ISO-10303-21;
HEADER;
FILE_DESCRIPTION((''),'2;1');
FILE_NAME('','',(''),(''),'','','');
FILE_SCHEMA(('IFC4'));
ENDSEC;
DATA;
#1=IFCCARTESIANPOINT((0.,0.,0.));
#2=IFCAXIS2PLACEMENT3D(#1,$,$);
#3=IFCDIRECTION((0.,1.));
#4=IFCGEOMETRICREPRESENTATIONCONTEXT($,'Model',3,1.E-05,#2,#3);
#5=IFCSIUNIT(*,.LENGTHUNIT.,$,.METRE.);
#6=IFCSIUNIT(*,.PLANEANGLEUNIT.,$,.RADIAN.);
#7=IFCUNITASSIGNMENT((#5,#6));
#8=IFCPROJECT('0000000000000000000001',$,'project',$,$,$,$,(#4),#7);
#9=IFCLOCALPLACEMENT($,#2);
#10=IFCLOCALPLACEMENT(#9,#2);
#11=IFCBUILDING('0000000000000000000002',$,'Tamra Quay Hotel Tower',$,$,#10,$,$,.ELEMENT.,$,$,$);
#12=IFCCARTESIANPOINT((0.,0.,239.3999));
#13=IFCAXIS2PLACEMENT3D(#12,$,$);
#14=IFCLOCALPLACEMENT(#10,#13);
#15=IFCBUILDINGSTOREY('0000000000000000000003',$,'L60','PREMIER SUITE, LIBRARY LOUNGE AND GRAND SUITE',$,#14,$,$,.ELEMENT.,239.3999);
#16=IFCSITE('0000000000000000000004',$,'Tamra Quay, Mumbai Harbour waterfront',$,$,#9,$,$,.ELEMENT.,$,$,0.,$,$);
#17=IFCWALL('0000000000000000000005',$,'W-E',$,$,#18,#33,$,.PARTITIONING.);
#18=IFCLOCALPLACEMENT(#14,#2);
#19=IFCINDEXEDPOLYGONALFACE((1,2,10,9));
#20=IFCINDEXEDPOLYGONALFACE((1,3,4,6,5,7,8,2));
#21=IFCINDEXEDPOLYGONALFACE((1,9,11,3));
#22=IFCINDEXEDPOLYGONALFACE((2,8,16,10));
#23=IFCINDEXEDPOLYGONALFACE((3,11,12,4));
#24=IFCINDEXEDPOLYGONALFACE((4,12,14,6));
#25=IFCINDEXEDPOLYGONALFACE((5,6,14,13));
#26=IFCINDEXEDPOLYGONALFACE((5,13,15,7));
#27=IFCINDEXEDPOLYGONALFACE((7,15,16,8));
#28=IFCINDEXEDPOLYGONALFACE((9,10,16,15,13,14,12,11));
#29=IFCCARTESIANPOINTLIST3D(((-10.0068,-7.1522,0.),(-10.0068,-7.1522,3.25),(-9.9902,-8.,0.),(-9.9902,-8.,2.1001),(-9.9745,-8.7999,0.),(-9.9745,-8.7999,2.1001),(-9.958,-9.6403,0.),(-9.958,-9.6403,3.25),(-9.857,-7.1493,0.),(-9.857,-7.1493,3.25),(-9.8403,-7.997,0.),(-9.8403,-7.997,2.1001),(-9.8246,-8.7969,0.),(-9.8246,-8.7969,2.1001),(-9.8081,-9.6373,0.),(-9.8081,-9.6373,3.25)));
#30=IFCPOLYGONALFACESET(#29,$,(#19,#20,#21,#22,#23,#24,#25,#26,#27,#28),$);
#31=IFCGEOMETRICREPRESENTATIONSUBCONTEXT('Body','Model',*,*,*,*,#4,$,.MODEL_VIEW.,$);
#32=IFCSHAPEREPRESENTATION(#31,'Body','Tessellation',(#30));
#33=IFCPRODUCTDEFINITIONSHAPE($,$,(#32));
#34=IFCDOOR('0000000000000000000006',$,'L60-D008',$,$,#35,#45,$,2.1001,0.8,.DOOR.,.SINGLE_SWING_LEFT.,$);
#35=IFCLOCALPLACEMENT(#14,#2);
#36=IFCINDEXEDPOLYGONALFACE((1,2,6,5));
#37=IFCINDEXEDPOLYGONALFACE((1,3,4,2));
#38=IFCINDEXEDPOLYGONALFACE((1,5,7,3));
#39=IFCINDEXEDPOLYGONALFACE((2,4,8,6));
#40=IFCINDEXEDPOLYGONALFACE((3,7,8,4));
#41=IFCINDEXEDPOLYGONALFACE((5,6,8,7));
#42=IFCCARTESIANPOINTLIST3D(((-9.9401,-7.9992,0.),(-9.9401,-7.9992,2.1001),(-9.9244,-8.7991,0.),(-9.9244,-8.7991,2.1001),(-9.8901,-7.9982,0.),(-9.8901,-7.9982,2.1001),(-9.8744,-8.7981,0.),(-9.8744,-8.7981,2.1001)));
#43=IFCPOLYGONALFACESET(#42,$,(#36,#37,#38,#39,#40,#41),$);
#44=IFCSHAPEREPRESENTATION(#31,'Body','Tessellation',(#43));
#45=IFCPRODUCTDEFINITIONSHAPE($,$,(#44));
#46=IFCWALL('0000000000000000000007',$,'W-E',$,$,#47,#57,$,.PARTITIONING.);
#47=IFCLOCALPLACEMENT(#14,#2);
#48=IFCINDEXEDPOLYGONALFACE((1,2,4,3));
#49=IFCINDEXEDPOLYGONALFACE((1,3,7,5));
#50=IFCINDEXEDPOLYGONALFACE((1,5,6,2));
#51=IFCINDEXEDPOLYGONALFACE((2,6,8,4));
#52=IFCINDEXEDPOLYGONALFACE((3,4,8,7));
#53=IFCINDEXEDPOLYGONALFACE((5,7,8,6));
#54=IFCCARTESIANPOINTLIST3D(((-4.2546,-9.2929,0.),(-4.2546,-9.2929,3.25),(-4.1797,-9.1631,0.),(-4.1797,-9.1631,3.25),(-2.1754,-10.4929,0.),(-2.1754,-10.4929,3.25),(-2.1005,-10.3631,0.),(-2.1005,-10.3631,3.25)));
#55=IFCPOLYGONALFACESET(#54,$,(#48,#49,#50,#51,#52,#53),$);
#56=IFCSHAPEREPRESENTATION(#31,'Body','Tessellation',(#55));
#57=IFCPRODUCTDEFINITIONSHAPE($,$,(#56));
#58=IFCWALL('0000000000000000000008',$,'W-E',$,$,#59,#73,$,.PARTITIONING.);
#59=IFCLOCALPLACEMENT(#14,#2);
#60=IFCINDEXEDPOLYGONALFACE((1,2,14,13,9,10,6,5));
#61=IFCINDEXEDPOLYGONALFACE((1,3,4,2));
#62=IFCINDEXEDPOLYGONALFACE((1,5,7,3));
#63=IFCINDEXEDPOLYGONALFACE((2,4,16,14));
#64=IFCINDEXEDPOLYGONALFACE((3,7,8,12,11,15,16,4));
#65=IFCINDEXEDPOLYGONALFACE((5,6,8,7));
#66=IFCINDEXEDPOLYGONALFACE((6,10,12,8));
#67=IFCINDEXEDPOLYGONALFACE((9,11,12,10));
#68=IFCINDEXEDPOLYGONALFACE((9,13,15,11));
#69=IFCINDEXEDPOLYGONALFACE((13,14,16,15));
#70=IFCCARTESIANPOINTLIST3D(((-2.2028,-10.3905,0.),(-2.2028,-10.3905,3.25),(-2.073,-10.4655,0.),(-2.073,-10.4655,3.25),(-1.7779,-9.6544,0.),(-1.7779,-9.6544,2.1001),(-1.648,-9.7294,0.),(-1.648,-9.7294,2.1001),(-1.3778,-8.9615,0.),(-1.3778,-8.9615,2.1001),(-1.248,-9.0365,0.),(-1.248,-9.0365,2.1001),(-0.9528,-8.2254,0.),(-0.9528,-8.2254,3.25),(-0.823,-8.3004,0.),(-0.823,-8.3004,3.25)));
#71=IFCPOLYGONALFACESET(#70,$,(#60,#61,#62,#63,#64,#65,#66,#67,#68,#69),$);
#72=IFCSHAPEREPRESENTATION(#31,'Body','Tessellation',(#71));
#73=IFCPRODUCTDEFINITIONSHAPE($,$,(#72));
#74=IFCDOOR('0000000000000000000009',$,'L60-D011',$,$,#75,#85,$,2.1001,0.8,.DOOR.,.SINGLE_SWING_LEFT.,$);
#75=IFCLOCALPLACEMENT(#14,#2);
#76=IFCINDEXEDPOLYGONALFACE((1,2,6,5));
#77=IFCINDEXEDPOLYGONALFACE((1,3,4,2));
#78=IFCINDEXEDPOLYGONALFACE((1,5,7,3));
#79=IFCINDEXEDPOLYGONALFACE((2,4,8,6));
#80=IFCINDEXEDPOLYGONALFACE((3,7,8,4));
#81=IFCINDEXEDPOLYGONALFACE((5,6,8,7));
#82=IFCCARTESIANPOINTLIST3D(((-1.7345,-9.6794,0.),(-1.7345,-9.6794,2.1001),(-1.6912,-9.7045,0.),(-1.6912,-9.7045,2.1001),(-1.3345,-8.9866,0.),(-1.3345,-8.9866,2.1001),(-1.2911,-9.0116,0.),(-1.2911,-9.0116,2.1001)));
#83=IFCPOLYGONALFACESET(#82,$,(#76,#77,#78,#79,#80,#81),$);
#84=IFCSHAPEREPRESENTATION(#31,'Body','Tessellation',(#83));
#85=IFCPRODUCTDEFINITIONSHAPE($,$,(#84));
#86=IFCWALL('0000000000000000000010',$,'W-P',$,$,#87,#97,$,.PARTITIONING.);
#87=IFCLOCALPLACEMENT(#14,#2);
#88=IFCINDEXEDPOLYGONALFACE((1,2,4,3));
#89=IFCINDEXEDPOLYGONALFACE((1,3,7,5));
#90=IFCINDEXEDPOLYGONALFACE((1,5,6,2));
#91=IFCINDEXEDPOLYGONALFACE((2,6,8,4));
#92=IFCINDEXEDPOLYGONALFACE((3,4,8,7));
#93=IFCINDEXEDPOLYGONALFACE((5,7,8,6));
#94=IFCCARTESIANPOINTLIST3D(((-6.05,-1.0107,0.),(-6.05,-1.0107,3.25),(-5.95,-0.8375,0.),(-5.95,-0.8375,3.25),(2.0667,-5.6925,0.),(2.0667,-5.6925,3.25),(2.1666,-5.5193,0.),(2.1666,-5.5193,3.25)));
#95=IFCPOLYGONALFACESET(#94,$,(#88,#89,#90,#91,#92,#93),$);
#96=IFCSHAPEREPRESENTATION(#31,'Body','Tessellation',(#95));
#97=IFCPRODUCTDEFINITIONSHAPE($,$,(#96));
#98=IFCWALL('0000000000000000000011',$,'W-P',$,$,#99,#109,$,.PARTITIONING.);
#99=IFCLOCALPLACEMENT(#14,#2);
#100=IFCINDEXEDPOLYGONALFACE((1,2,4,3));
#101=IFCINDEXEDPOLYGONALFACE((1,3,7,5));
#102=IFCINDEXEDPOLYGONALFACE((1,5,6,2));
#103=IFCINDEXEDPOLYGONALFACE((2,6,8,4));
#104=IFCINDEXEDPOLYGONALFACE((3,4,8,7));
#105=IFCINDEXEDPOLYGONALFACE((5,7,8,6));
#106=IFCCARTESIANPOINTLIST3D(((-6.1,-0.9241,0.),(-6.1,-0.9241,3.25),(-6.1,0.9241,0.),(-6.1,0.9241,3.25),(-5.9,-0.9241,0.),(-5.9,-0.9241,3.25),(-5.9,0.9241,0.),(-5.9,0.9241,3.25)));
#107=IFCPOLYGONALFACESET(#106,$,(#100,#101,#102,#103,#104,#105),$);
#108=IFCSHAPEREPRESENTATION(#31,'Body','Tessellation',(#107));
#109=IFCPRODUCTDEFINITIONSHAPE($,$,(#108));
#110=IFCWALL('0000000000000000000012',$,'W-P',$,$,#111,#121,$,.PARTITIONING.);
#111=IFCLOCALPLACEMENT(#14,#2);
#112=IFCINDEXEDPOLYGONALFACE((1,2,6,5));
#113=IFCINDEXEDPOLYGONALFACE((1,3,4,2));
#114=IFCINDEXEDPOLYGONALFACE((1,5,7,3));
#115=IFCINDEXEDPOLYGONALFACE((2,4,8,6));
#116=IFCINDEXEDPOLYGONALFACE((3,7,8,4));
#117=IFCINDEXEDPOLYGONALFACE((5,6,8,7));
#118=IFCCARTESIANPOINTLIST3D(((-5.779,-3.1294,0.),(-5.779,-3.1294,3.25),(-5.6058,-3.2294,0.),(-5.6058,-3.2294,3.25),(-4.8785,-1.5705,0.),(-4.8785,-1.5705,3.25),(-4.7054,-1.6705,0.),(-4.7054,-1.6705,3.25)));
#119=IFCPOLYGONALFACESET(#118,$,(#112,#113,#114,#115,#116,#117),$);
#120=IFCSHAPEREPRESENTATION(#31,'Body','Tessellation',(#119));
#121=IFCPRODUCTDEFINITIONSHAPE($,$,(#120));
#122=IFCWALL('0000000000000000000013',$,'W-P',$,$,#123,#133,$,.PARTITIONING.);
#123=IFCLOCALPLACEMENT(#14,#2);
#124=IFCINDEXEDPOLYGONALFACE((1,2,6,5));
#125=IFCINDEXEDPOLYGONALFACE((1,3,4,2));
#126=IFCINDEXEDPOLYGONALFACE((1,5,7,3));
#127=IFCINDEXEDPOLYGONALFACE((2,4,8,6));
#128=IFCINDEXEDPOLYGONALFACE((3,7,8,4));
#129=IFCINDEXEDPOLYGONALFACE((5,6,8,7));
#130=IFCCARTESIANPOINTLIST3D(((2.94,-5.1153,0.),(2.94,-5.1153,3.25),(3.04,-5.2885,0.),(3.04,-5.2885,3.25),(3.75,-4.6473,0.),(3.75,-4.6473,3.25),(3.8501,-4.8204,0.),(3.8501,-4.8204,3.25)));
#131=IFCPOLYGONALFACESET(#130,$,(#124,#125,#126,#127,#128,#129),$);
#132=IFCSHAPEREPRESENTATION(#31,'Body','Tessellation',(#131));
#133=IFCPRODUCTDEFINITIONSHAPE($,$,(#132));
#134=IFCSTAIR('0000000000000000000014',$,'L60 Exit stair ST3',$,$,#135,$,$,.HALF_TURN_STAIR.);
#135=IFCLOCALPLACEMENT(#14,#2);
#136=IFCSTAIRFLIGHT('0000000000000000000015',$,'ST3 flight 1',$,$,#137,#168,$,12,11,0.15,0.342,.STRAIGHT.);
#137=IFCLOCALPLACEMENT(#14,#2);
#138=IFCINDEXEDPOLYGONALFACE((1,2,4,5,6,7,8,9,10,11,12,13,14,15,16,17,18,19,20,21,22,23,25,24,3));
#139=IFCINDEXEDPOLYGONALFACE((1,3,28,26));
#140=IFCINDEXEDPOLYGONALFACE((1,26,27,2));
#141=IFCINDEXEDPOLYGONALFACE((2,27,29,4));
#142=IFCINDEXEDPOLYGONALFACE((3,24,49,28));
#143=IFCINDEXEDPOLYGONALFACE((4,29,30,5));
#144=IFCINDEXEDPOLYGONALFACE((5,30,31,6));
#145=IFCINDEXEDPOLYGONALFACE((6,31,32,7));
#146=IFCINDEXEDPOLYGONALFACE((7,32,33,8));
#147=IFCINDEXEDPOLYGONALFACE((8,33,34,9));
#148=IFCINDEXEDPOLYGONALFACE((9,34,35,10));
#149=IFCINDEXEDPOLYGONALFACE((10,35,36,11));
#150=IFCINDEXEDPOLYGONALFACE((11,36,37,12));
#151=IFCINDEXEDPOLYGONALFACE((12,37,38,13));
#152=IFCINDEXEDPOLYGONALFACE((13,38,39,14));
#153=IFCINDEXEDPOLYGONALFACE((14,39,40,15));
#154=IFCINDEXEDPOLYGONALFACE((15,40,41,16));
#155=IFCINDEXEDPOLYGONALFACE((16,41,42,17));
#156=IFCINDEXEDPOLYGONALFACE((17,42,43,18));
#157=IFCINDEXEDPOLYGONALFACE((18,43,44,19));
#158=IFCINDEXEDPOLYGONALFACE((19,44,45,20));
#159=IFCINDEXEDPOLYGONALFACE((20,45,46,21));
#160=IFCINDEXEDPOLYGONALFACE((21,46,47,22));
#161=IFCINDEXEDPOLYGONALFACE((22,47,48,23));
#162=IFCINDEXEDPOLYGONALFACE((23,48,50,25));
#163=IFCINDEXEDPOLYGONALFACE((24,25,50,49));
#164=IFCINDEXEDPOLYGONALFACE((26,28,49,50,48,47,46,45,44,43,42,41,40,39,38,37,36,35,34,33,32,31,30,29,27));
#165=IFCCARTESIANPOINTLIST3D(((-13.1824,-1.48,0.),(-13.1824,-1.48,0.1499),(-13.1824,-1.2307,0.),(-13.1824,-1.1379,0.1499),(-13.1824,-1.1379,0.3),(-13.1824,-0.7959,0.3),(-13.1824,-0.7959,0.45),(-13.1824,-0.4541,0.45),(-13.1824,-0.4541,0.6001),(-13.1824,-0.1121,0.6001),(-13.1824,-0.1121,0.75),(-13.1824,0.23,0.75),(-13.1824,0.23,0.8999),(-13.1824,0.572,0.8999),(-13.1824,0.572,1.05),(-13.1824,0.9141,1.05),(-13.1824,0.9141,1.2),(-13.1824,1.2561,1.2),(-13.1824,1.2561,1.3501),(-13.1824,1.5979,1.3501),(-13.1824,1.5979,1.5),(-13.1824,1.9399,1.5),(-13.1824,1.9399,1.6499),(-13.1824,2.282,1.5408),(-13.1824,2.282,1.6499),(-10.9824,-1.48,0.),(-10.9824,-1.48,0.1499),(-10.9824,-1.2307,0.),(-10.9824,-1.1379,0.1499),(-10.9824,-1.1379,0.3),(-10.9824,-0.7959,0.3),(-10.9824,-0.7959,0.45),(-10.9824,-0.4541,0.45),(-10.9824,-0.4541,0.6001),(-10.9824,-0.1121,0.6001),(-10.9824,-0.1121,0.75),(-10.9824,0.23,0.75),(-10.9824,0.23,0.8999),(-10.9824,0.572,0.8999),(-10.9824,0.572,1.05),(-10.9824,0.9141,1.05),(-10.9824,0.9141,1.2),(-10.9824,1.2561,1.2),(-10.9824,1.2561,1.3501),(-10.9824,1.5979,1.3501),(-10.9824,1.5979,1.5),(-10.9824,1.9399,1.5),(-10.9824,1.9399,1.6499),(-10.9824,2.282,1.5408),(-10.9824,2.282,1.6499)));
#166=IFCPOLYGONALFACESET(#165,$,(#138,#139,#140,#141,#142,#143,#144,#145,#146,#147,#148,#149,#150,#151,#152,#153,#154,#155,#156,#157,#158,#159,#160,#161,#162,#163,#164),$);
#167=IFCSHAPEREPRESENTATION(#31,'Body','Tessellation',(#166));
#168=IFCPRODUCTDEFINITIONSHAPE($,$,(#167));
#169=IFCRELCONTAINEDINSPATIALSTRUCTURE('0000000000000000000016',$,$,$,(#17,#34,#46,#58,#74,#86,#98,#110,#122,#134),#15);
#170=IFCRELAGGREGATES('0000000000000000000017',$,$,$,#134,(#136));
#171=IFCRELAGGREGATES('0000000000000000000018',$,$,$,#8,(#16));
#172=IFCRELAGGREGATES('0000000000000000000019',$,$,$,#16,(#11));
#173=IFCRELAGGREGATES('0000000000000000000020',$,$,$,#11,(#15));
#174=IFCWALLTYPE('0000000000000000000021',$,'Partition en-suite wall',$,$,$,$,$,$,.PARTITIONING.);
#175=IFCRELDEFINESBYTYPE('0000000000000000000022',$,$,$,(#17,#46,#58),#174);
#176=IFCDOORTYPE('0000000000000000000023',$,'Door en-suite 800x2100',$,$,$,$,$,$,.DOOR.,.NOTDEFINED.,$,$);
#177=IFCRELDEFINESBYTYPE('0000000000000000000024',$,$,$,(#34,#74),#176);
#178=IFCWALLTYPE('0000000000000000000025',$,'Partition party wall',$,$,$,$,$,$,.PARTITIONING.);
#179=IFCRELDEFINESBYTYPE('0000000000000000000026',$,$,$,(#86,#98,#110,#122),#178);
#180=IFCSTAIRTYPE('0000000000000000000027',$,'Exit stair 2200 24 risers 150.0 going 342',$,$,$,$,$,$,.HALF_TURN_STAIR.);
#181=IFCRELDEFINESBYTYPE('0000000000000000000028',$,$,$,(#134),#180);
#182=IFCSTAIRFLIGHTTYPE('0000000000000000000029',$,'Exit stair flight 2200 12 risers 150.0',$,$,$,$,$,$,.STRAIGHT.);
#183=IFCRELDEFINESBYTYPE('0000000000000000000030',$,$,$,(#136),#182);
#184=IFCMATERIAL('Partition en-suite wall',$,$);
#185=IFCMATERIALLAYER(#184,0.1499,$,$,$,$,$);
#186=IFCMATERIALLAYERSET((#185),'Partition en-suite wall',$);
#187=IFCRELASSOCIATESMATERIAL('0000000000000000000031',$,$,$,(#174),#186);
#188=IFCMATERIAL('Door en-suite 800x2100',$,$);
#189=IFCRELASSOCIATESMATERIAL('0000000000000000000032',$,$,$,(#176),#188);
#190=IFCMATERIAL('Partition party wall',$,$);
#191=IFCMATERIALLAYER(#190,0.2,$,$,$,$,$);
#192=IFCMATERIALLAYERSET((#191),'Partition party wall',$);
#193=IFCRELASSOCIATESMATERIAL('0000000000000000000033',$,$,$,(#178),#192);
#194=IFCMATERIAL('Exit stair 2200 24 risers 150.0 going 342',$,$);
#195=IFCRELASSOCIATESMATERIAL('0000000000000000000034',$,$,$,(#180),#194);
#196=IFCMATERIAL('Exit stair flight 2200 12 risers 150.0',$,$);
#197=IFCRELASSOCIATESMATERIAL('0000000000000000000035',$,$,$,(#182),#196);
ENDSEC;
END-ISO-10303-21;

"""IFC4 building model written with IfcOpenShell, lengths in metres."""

from ifc_helpers import new_model, si_unit, direction, frame, frame_2d, origin, place, context, subcontext, project, spatial, polyline, rectangle, outline, extrude, material, layer, layer_set, type_object, element, fill, aggregate, save


model = new_model("IFC4")

# Units and contexts
model_context = context("Model", 3, precision=1e-05, world=origin(), true_north=direction((0.0, 1.0)))
body_context = subcontext(model_context, "Body", "Model", "MODEL_VIEW")
ifc_project = project(units=[si_unit("LENGTHUNIT", "METRE"), si_unit("PLANEANGLEUNIT", "RADIAN")], contexts=[model_context])

# Site, building, storey
site_placement = place(None, origin())
site = spatial("IfcSite", under=ifc_project, at=site_placement, Name="Tamra Quay, Mumbai Harbour waterfront", CompositionType="ELEMENT", RefElevation=0.0)
building_placement = place(site_placement, origin())
building = spatial("IfcBuilding", under=site, at=building_placement, Name="Tamra Quay Hotel Tower", CompositionType="ELEMENT")
storey_placement = place(building_placement, frame((0.0, 0.0, 239.3999)))
storey = spatial("IfcBuildingStorey", under=building, at=storey_placement, Name="L60", Description="PREMIER SUITE, LIBRARY LOUNGE AND GRAND SUITE", CompositionType="ELEMENT", Elevation=239.3999)

# Shared definitions
ifc_material_1 = material(Name="Partition en-suite wall")
ifc_layer_1 = layer(ifc_material_1, 0.1499)
ifc_layer_set_1 = layer_set([ifc_layer_1], Name="Partition en-suite wall")
wall_type_1 = type_object("IfcWallType", Name="Partition en-suite wall", PredefinedType="PARTITIONING", material=ifc_layer_set_1)

# Wall, opening, door
wall_1_placement = place(storey_placement, frame((-9.9319, -7.1509, 0.0), z_axis=(0.0, 0.0, 1.0), x_axis=(0.019621, -0.999807, 0.0)))
wall_1 = element("IfcWall", 1, at=wall_1_placement, inside=storey, type_object=wall_type_1, Name="W-E", PredefinedType="PARTITIONING", context=body_context, shape_type="SweptSolid", body=[
    extrude(rectangle(XDim=2.4885, YDim=0.1499, at=frame_2d((1.2441, 0.0))), origin(), (0.0, 0.0, 1.0), 3.25),
])
opening_1_placement = place(wall_1_placement, frame((0.8479, 0.0, 0.0)))
opening_1 = element("IfcOpeningElement", 2, at=opening_1_placement, cuts=wall_1, PredefinedType="OPENING", context=body_context, shape_type="SweptSolid", body=[
    extrude(rectangle(XDim=0.8, YDim=2.1001, at=frame_2d((0.3999, 1.05))), frame((0.0, 0.085, 0.0), z_axis=(0.0, -1.0, 0.0), x_axis=(1.0, 0.0, 0.0)), (0.0, 0.0, 1.0), 0.1699),
])
ifc_material_2 = material(Name="Door en-suite 800x2100")
door_type_1 = type_object("IfcDoorType", Name="Door en-suite 800x2100", OperationType="NOTDEFINED", PredefinedType="DOOR", material=ifc_material_2)
door_1_placement = place(opening_1_placement, frame((0.8, 0.0, 0.0), z_axis=(0.0, 0.0, 1.0), x_axis=(-1.0, 0.0, 0.0)))
door_1 = element("IfcDoor", 3, at=door_1_placement, inside=storey, type_object=door_type_1, Name="L60-D008", OperationType="SINGLE_SWING_LEFT", OverallHeight=2.1001, OverallWidth=0.8, PredefinedType="DOOR", context=body_context, shape_type="SweptSolid", body=[
    extrude(rectangle(XDim=0.8, YDim=2.1001, at=frame_2d((0.3999, 1.05))), frame((0.0, 0.0249, 0.0), z_axis=(0.0, -1.0, 0.0), x_axis=(1.0, 0.0, 0.0)), (0.0, 0.0, 1.0), 0.05),
])
fill(opening_1, door_1)

# Wall
wall_2_placement = place(storey_placement, frame((-4.217, -9.228, 0.0), z_axis=(0.0, 0.0, 1.0), x_axis=(0.866101, -0.499869, 0.0)))
element("IfcWall", 4, at=wall_2_placement, inside=storey, type_object=wall_type_1, Name="W-E", PredefinedType="PARTITIONING", context=body_context, shape_type="SweptSolid", body=[
    extrude(rectangle(XDim=2.4006, YDim=0.1499, at=frame_2d((1.2002, 0.0))), origin(), (0.0, 0.0, 1.0), 3.25),
])

# Wall, opening, door
wall_3_placement = place(storey_placement, frame((-2.1379, -10.428, 0.0), z_axis=(0.0, 0.0, 1.0), x_axis=(0.500004, 0.866023, 0.0)))
wall_3 = element("IfcWall", 5, at=wall_3_placement, inside=storey, type_object=wall_type_1, Name="W-E", PredefinedType="PARTITIONING", context=body_context, shape_type="SweptSolid", body=[
    extrude(rectangle(XDim=2.5, YDim=0.1499, at=frame_2d((1.25, 0.0))), origin(), (0.0, 0.0, 1.0), 3.25),
])
opening_2_placement = place(wall_3_placement, frame((0.8501, 0.0, 0.0)))
opening_2 = element("IfcOpeningElement", 6, at=opening_2_placement, cuts=wall_3, PredefinedType="OPENING", context=body_context, shape_type="SweptSolid", body=[
    extrude(rectangle(XDim=0.8, YDim=2.1001, at=frame_2d((0.3999, 1.05))), frame((0.0, 0.085, 0.0), z_axis=(0.0, -1.0, 0.0), x_axis=(1.0, 0.0, 0.0)), (0.0, 0.0, 1.0), 0.1699),
])
door_2_placement = place(opening_2_placement, origin())
door_2 = element("IfcDoor", 7, at=door_2_placement, inside=storey, type_object=door_type_1, Name="L60-D011", OperationType="SINGLE_SWING_LEFT", OverallHeight=2.1001, OverallWidth=0.8, PredefinedType="DOOR", context=body_context, shape_type="SweptSolid", body=[
    extrude(rectangle(XDim=0.8, YDim=2.1001, at=frame_2d((0.3999, 1.05))), frame((0.0, 0.0249, 0.0), z_axis=(0.0, -1.0, 0.0), x_axis=(1.0, 0.0, 0.0)), (0.0, 0.0, 1.0), 0.05),
])
fill(opening_2, door_2)

# Walls
ifc_material_3 = material(Name="Partition party wall")
ifc_layer_2 = layer(ifc_material_3, 0.2)
ifc_layer_set_2 = layer_set([ifc_layer_2], Name="Partition party wall")
wall_type_2 = type_object("IfcWallType", Name="Partition party wall", PredefinedType="PARTITIONING", material=ifc_layer_set_2)
wall_4_placement = place(storey_placement, frame((-6.0, -0.9241, 0.0), z_axis=(0.0, 0.0, 1.0), x_axis=(0.866224, -0.499656, 0.0)))
element("IfcWall", 8, at=wall_4_placement, inside=storey, type_object=wall_type_2, Name="W-P", PredefinedType="PARTITIONING", context=body_context, shape_type="SweptSolid", body=[
    extrude(rectangle(XDim=9.3701, YDim=0.2, at=frame_2d((4.6851, 0.0))), origin(), (0.0, 0.0, 1.0), 3.25),
])
wall_5_placement = place(storey_placement, frame((-6.0, -0.9241, 0.0), z_axis=(0.0, 0.0, 1.0), x_axis=(0.0, 1.0, 0.0)))
element("IfcWall", 9, at=wall_5_placement, inside=storey, type_object=wall_type_2, Name="W-P", PredefinedType="PARTITIONING", context=body_context, shape_type="SweptSolid", body=[
    extrude(rectangle(XDim=1.8481, YDim=0.2, at=frame_2d((0.9241, 0.0))), origin(), (0.0, 0.0, 1.0), 3.25),
])
wall_6_placement = place(storey_placement, frame((-5.6924, -3.1794, 0.0), z_axis=(0.0, 0.0, 1.0), x_axis=(0.500165, 0.86593, 0.0)))
element("IfcWall", 10, at=wall_6_placement, inside=storey, type_object=wall_type_2, Name="W-P", PredefinedType="PARTITIONING", context=body_context, shape_type="SweptSolid", body=[
    extrude(rectangle(XDim=1.8003, YDim=0.2, at=frame_2d((0.9001, 0.0))), origin(), (0.0, 0.0, 1.0), 3.25),
])
wall_7_placement = place(storey_placement, frame((2.99, -5.2019, 0.0), z_axis=(0.0, 0.0, 1.0), x_axis=(0.865873, 0.500265, 0.0)))
element("IfcWall", 11, at=wall_7_placement, inside=storey, type_object=wall_type_2, Name="W-P", PredefinedType="PARTITIONING", context=body_context, shape_type="SweptSolid", body=[
    extrude(rectangle(XDim=0.9355, YDim=0.2, at=frame_2d((0.4678, 0.0))), origin(), (0.0, 0.0, 1.0), 3.25),
])

# Stair, stair flight
ifc_material_4 = material(Name="Exit stair 2200 24 risers 150.0 going 342")
stair_type = type_object("IfcStairType", Name="Exit stair 2200 24 risers 150.0 going 342", PredefinedType="HALF_TURN_STAIR", material=ifc_material_4)
stair_placement = place(storey_placement, origin())
stair = element("IfcStair", 12, at=stair_placement, inside=storey, type_object=stair_type, Name="L60 Exit stair ST3", PredefinedType="HALF_TURN_STAIR")
ifc_material_5 = material(Name="Exit stair flight 2200 12 risers 150.0")
stair_flight_type = type_object("IfcStairFlightType", Name="Exit stair flight 2200 12 risers 150.0", PredefinedType="STRAIGHT", material=ifc_material_5)
stair_flight_placement = place(storey_placement, frame((-12.0823, -1.48, 0.0), z_axis=(0.0, 0.0, 1.0), x_axis=(0.0, 1.0, 0.0)))
stair_flight = element("IfcStairFlight", 13, at=stair_flight_placement, type_object=stair_flight_type, Name="ST3 flight 1", NumberOfRisers=12, NumberOfTreads=11, PredefinedType="STRAIGHT", RiserHeight=0.15, TreadLength=0.342, context=body_context, shape_type="SweptSolid", body=[
    extrude(outline(polyline([(0.0, 0.0), (0.0, 0.1499), (0.342, 0.1499), (0.342, 0.3), (0.6841, 0.3), (0.6841, 0.45), (1.0259, 0.45), (1.0259, 0.6001), (1.3679, 0.6001), (1.3679, 0.75), (1.71, 0.75), (1.71, 0.8999), (2.052, 0.8999), (2.052, 1.05), (2.394, 1.05), (2.394, 1.2), (2.7361, 1.2), (2.7361, 1.3501), (3.0779, 1.3501), (3.0779, 1.5), (3.4199, 1.5), (3.4199, 1.6499), (3.762, 1.6499), (3.762, 1.8), (3.762, 1.5408), (0.2493, 0.0), (0.0, 0.0)])), frame((0.0, 1.1001, 0.0), z_axis=(0.0, -1.0, 0.0), x_axis=(1.0, 0.0, 0.0)), (0.0, 0.0, 1.0), 2.2),
])
aggregate(stair, [stair_flight])

save(model, "model.ifc")
